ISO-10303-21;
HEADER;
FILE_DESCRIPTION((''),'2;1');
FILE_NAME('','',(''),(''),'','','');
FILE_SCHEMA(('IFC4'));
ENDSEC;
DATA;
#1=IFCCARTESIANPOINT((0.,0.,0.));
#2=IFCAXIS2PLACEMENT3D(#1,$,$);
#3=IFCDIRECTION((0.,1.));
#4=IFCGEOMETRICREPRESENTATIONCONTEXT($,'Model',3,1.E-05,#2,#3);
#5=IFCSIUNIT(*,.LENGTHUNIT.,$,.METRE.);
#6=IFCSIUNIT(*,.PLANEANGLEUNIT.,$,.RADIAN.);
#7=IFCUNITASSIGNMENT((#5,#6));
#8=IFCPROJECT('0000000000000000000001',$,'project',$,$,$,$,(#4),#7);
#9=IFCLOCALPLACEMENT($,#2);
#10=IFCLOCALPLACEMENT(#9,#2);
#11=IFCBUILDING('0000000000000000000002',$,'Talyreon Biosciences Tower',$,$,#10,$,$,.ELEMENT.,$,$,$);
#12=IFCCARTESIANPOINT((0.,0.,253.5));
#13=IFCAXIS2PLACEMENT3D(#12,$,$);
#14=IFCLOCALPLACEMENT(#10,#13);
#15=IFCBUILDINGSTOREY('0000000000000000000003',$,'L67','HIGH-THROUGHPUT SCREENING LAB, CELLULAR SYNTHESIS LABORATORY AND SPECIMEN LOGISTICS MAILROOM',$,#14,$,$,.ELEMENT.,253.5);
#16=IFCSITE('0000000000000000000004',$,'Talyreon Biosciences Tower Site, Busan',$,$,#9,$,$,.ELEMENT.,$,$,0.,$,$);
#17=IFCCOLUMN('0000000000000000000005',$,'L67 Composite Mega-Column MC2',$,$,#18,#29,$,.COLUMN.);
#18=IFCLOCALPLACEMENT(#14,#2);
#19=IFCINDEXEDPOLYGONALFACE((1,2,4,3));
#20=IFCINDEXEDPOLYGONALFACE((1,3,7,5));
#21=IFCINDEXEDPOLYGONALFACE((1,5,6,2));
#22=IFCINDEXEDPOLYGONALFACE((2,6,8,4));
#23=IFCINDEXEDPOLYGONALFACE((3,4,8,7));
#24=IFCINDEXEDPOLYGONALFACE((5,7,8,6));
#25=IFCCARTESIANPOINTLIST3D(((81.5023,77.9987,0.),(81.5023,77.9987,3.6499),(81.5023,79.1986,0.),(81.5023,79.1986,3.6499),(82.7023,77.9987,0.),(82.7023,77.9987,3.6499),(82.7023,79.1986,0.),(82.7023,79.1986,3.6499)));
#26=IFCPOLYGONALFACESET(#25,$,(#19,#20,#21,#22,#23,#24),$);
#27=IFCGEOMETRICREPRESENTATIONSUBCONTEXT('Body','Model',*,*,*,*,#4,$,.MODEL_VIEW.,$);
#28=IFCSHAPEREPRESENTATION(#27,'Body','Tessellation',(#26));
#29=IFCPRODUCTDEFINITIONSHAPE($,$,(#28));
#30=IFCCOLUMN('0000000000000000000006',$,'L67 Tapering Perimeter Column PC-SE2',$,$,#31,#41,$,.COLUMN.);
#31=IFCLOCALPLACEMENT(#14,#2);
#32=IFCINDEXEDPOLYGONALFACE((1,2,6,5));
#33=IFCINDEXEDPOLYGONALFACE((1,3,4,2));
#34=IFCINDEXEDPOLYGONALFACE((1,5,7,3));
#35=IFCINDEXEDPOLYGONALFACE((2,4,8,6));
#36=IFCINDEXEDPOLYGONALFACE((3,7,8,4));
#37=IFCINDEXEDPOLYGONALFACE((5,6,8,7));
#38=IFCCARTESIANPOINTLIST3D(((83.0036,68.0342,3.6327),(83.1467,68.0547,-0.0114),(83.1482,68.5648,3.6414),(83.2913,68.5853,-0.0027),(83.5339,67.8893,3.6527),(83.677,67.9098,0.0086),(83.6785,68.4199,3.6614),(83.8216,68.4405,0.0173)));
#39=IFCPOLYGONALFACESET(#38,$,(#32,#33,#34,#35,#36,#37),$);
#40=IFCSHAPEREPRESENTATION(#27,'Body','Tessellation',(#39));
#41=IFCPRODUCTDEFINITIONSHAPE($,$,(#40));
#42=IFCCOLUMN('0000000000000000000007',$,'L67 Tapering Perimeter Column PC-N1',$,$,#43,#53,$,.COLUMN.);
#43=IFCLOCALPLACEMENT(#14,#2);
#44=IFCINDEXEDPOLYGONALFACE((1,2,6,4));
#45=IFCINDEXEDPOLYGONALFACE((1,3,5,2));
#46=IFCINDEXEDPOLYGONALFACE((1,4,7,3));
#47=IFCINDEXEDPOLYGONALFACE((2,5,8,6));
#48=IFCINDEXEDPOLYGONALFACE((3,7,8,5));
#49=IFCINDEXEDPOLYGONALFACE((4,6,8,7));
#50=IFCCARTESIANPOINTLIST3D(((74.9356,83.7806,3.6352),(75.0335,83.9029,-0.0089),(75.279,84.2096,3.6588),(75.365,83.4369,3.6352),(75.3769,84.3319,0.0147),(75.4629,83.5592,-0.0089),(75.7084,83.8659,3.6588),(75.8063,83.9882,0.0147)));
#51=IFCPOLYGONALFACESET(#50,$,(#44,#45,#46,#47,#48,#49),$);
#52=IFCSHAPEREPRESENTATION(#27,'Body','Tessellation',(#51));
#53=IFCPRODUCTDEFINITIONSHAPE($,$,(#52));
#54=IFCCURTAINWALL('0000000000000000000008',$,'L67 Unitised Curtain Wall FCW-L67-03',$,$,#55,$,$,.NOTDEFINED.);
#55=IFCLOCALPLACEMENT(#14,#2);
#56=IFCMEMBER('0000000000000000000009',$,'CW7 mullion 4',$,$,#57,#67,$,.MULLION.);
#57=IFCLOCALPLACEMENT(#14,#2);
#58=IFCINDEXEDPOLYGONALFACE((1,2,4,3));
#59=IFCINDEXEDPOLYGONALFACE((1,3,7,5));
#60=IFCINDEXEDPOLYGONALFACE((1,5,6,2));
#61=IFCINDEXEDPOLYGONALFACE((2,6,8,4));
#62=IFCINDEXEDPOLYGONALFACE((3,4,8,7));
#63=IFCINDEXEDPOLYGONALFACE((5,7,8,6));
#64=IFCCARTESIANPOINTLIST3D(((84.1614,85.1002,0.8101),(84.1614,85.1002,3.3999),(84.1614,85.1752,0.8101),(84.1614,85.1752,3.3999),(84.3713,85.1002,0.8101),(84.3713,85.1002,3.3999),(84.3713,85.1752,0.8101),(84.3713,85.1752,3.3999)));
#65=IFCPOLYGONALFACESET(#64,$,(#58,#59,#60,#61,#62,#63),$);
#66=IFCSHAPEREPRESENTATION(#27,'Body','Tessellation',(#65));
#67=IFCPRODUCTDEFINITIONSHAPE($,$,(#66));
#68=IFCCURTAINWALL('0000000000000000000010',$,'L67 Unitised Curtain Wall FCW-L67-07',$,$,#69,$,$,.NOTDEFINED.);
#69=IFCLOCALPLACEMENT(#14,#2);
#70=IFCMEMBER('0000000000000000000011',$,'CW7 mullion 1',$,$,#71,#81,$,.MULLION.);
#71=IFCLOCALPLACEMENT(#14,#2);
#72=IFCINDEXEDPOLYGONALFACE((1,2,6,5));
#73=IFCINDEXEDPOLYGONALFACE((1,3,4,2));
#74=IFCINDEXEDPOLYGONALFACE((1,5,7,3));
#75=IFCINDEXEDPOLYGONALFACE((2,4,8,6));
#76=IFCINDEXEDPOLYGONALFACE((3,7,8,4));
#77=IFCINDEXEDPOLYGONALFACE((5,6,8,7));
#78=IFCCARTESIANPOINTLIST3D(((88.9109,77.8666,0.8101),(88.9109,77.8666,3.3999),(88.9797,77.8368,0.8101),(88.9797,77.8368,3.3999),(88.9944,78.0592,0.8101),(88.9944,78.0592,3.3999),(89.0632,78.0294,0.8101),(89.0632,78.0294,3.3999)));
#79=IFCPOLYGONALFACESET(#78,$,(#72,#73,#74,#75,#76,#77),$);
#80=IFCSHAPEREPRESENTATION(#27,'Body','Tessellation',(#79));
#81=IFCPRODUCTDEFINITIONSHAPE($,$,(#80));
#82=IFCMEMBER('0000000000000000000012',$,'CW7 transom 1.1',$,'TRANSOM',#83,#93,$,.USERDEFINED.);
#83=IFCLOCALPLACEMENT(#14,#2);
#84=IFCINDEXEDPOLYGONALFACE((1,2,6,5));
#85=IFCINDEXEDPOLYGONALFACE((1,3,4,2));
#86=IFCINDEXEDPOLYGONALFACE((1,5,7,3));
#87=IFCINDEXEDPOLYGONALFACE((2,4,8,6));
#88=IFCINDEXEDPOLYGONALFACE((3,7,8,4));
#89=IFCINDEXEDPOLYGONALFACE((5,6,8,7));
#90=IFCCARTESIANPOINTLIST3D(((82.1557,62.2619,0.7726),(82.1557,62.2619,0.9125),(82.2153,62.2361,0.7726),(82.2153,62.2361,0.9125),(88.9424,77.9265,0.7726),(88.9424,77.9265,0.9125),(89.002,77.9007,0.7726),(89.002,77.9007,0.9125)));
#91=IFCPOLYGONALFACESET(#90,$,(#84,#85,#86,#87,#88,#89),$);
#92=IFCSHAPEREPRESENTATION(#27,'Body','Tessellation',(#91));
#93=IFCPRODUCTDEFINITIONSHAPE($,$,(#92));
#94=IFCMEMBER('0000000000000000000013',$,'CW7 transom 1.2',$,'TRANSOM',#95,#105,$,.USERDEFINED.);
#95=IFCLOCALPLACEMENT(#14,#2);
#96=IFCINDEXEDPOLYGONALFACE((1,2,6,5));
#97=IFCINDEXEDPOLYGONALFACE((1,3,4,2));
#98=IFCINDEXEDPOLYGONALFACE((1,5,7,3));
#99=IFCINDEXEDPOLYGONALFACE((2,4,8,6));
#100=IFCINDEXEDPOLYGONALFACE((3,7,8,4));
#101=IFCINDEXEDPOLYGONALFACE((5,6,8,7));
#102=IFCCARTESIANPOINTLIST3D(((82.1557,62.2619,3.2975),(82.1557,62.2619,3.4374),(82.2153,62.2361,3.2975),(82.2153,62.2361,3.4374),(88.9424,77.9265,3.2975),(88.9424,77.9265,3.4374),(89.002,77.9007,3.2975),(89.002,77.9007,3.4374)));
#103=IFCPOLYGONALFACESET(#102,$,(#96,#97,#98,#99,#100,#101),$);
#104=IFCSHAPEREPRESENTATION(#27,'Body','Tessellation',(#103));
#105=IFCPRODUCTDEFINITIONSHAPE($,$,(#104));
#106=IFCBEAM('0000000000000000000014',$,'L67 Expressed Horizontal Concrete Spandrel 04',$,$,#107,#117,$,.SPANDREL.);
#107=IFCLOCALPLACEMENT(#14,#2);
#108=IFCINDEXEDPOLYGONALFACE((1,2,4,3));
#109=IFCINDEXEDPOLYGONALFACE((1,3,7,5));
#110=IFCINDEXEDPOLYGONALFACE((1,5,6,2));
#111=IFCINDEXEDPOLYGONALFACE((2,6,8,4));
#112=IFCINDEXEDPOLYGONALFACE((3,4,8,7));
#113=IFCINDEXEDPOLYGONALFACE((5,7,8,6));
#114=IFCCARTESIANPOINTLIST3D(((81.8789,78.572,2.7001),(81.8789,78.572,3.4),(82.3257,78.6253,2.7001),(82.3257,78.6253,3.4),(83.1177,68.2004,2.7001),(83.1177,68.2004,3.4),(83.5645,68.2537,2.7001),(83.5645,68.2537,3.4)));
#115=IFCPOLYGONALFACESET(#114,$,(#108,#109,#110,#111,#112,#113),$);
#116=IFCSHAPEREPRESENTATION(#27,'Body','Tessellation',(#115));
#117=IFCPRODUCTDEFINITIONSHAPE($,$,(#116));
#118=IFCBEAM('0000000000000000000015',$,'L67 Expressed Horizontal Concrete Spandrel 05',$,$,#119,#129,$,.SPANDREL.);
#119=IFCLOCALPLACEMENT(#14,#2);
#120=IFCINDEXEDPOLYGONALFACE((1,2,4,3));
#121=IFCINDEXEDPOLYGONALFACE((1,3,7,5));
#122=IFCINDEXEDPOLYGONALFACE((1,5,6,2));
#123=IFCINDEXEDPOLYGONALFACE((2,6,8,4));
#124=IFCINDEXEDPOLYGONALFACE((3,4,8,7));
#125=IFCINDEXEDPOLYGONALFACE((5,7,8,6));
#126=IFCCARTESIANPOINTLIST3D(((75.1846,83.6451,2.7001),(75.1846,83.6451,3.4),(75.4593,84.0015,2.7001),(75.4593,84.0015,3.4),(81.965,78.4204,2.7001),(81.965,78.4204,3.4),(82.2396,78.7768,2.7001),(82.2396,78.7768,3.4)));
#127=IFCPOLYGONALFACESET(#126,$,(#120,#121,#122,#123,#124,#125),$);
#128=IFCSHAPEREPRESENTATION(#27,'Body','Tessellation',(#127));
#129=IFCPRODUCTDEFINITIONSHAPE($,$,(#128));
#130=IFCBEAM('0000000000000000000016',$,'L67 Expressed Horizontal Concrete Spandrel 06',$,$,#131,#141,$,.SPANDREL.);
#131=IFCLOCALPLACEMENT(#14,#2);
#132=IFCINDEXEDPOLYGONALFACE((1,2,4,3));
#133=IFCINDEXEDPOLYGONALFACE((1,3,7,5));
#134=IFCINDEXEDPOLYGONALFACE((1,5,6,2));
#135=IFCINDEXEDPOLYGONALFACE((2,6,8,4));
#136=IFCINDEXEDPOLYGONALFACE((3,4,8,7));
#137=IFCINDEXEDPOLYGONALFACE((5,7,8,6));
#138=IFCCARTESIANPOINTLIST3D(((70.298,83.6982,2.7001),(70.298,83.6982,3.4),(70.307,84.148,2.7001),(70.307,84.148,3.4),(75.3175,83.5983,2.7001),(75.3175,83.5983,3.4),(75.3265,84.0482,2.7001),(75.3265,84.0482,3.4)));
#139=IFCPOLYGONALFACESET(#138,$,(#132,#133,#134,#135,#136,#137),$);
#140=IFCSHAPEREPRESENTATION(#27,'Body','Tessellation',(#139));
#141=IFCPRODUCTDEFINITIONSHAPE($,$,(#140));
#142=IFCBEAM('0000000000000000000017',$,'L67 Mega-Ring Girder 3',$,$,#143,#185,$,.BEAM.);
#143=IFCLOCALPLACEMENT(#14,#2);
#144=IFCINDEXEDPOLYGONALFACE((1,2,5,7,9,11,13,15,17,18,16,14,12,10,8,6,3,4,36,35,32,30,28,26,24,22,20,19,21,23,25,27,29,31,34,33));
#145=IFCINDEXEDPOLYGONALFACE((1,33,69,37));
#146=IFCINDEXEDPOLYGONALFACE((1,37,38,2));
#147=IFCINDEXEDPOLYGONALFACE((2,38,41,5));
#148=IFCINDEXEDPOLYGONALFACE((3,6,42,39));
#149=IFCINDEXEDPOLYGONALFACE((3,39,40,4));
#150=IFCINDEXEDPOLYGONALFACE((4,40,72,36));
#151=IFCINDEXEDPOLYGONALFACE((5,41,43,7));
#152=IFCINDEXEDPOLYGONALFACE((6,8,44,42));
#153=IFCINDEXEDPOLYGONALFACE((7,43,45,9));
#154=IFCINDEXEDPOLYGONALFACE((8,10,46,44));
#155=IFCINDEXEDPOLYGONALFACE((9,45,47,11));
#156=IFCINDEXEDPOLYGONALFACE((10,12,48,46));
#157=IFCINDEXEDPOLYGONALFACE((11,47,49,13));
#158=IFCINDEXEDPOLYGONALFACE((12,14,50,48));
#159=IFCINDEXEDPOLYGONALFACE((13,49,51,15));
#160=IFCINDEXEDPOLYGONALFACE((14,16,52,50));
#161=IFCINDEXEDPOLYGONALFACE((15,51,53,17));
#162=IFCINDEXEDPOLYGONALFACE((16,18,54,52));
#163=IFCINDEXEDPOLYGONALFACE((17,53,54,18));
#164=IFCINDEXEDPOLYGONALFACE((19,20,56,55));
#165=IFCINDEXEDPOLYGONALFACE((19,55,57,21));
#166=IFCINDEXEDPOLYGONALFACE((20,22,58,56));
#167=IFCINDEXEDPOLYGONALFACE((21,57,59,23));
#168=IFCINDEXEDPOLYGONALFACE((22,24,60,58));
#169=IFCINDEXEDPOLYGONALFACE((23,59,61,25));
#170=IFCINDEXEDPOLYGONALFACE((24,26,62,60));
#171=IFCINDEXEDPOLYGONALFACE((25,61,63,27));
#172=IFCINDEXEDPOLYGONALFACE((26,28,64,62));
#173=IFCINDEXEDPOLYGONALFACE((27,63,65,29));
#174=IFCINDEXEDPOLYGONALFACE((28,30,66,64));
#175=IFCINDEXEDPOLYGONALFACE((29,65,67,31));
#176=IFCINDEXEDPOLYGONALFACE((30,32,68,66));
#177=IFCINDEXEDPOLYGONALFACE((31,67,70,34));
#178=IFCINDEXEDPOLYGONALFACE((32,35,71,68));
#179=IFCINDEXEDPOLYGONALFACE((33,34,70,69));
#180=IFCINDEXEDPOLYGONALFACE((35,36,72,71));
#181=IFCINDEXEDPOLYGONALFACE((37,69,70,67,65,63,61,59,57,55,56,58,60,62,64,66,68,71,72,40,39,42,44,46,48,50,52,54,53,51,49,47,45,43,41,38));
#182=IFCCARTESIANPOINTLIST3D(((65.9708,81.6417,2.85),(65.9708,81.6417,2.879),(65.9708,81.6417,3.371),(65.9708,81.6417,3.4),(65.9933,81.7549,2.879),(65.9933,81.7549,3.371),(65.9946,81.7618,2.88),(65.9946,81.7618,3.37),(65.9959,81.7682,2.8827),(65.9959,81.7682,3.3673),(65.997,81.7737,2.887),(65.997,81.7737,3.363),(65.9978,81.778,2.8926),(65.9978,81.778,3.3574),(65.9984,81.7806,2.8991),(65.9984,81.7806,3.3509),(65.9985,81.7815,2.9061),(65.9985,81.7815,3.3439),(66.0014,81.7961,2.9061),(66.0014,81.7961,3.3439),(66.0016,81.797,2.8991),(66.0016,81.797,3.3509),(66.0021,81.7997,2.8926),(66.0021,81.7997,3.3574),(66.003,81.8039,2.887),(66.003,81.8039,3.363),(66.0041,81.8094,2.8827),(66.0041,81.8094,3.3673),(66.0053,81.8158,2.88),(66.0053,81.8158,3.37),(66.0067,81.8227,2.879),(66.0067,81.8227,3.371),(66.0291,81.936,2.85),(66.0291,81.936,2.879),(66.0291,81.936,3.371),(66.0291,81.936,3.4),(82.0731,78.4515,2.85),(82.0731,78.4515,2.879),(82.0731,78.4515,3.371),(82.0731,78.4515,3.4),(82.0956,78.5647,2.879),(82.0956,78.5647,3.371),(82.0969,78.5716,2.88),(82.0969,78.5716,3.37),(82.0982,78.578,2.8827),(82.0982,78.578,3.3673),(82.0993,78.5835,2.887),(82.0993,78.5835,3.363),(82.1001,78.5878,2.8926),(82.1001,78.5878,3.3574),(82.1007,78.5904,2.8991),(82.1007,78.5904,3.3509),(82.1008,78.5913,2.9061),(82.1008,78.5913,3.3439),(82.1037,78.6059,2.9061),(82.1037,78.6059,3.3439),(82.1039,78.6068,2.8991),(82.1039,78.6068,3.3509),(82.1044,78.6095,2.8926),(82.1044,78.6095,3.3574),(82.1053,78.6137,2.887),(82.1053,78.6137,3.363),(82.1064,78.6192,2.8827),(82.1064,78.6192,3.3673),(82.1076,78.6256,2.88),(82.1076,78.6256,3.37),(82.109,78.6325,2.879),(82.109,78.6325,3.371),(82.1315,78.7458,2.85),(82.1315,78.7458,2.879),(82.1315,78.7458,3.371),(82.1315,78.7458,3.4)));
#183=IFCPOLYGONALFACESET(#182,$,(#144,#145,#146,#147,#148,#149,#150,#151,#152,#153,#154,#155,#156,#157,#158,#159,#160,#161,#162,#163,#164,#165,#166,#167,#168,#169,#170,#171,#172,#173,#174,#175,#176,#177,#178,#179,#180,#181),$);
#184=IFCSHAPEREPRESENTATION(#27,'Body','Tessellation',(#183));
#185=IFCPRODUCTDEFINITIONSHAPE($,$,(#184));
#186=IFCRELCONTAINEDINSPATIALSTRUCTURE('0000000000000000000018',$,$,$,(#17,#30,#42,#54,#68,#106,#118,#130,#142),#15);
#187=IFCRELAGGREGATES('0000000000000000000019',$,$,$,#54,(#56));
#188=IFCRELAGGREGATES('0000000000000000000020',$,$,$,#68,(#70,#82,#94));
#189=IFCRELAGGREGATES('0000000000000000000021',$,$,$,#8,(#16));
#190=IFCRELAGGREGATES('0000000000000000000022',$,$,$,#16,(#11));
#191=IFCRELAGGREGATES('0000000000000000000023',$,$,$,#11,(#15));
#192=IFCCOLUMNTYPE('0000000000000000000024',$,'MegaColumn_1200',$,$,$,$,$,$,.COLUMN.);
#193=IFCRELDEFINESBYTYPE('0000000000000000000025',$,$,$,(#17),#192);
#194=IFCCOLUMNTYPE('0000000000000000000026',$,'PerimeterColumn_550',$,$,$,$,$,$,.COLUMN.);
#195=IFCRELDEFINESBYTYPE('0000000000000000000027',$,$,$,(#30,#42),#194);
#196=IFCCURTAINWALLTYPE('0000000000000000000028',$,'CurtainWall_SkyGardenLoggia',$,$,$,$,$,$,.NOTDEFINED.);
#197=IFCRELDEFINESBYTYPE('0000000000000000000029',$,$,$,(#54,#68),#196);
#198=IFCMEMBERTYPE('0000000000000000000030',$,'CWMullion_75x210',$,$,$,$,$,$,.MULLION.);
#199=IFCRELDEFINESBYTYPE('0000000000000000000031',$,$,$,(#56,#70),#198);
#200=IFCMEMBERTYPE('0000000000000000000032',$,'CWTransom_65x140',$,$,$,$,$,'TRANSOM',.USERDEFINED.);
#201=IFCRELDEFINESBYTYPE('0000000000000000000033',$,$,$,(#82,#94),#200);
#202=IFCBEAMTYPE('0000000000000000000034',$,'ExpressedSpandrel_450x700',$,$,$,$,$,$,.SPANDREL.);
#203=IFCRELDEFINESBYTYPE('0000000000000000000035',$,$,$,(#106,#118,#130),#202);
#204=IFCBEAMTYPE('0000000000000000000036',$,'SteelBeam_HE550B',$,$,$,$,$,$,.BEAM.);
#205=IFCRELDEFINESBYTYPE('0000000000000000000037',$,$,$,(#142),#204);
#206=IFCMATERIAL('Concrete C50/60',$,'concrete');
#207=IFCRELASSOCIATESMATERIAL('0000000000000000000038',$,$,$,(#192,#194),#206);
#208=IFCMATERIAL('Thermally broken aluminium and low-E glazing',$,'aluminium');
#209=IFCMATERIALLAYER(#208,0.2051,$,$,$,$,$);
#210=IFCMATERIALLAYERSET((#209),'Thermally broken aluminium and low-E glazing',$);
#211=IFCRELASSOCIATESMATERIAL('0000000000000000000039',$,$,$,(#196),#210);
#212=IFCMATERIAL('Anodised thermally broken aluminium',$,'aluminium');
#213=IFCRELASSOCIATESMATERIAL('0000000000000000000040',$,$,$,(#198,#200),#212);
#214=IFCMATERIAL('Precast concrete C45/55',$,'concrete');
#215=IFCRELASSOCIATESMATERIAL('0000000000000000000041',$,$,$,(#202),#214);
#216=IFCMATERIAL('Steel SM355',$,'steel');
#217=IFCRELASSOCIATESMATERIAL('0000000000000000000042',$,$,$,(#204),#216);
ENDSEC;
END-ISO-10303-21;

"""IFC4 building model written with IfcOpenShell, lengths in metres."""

from ifc_helpers import new_model, si_unit, direction, frame, origin, origin_2d, place, context, subcontext, project, spatial, rectangle, i_section, extrude, material, layer, layer_set, material_profile, profile_set, type_object, element, aggregate, save


model = new_model("IFC4")

# Units and contexts
model_context = context("Model", 3, precision=1e-05, world=origin(), true_north=direction((0.0, 1.0)))
body_context = subcontext(model_context, "Body", "Model", "MODEL_VIEW")
ifc_project = project(units=[si_unit("LENGTHUNIT", "METRE"), si_unit("PLANEANGLEUNIT", "RADIAN")], contexts=[model_context])

# Site, building, storey
site_placement = place(None, origin())
site = spatial("IfcSite", under=ifc_project, at=site_placement, Name="Talyreon Biosciences Tower Site, Busan", CompositionType="ELEMENT", RefElevation=0.0)
building_placement = place(site_placement, origin())
building = spatial("IfcBuilding", under=site, at=building_placement, Name="Talyreon Biosciences Tower", CompositionType="ELEMENT")
storey_placement = place(building_placement, frame((0.0, 0.0, 253.5)))
storey = spatial("IfcBuildingStorey", under=building, at=storey_placement, Name="L67", Description="HIGH-THROUGHPUT SCREENING LAB, CELLULAR SYNTHESIS LABORATORY AND SPECIMEN LOGISTICS MAILROOM", CompositionType="ELEMENT", Elevation=253.5)

# Columns
ifc_material_1 = material(Name="Concrete C50/60", Category="concrete")
ifc_material_profile_1 = material_profile(ifc_material_1, rectangle(XDim=1.2, YDim=1.2, at=origin_2d()), Name="RC 1200x1200")
ifc_profile_set_1 = profile_set([ifc_material_profile_1], Name="Concrete C50/60")
column_type_1 = type_object("IfcColumnType", Name="MegaColumn_1200", PredefinedType="COLUMN", material=ifc_profile_set_1)
column_1_placement = place(storey_placement, frame((82.1023, 78.5986, 0.0), z_axis=(0.0, 0.0, 1.0), x_axis=(1.0, 0.0, 0.0)))
element("IfcColumn", 1, at=column_1_placement, inside=storey, type_object=column_type_1, Name="L67 Composite Mega-Column MC2", PredefinedType="COLUMN", context=body_context, shape_type="SweptSolid", body=[
    extrude(rectangle(XDim=1.2, YDim=1.2, at=origin_2d()), origin(), (0.0, 0.0, 1.0), 3.6499),
])
ifc_material_profile_2 = material_profile(ifc_material_1, rectangle(XDim=0.55, YDim=0.55, at=origin_2d()), Name="RC 550x550")
ifc_profile_set_2 = profile_set([ifc_material_profile_2], Name="Concrete C50/60")
column_type_2 = type_object("IfcColumnType", Name="PerimeterColumn_550", PredefinedType="COLUMN", material=ifc_profile_set_2)
column_2_placement = place(storey_placement, frame((83.4841, 68.2476, 0.0029), z_axis=(-0.03923, -0.005623, 0.999214), x_axis=(0.964025, -0.263311, 0.036366)))
element("IfcColumn", 2, at=column_2_placement, inside=storey, type_object=column_type_2, Name="L67 Tapering Perimeter Column PC-SE2", PredefinedType="COLUMN", context=body_context, shape_type="SweptSolid", body=[
    extrude(rectangle(XDim=0.55, YDim=0.55, at=origin_2d()), origin(), (0.0, 0.0, 1.0), 3.647),
])
column_3_placement = place(storey_placement, frame((75.4199, 83.9456, 0.0029), z_axis=(-0.026841, -0.033535, 0.999077), x_axis=(-0.780717, 0.624885, 0.0)))
element("IfcColumn", 3, at=column_3_placement, inside=storey, type_object=column_type_2, Name="L67 Tapering Perimeter Column PC-N1", PredefinedType="COLUMN", context=body_context, shape_type="SweptSolid", body=[
    extrude(rectangle(XDim=0.55, YDim=0.55, at=origin_2d()), origin(), (0.0, 0.0, 1.0), 3.6475),
])

# Curtain wall, member
ifc_material_2 = material(Name="Thermally broken aluminium and low-E glazing", Category="aluminium")
ifc_layer_1 = layer(ifc_material_2, 0.2051)
ifc_layer_set_1 = layer_set([ifc_layer_1], Name="Thermally broken aluminium and low-E glazing")
curtain_wall_type = type_object("IfcCurtainWallType", Name="CurtainWall_SkyGardenLoggia", PredefinedType="NOTDEFINED", material=ifc_layer_set_1)
curtain_wall_1_placement = place(storey_placement, origin())
curtain_wall_1 = element("IfcCurtainWall", 4, at=curtain_wall_1_placement, inside=storey, type_object=curtain_wall_type, Name="L67 Unitised Curtain Wall FCW-L67-03", PredefinedType="NOTDEFINED")
ifc_material_3 = material(Name="Anodised thermally broken aluminium", Category="aluminium")
ifc_material_profile_3 = material_profile(ifc_material_3, rectangle(XDim=0.075, YDim=0.21, at=origin_2d()), Name="ALUM MULLION 75x210")
ifc_profile_set_3 = profile_set([ifc_material_profile_3], Name="Anodised thermally broken aluminium")
member_type_1 = type_object("IfcMemberType", Name="CWMullion_75x210", PredefinedType="MULLION", material=ifc_profile_set_3)
member_1_placement = place(storey_placement, frame((84.2664, 85.1377, 0.8101), z_axis=(0.0, 0.0, 1.0), x_axis=(0.0, 1.0, 0.0)))
member_1 = element("IfcMember", 5, at=member_1_placement, type_object=member_type_1, Name="CW7 mullion 4", PredefinedType="MULLION", context=body_context, shape_type="SweptSolid", body=[
    extrude(rectangle(XDim=0.075, YDim=0.21, at=origin_2d()), origin(), (0.0, 0.0, 1.0), 2.5898),
])

# Curtain wall, members
curtain_wall_2_placement = place(storey_placement, origin())
curtain_wall_2 = element("IfcCurtainWall", 6, at=curtain_wall_2_placement, inside=storey, type_object=curtain_wall_type, Name="L67 Unitised Curtain Wall FCW-L67-07", PredefinedType="NOTDEFINED")
member_2_placement = place(storey_placement, frame((88.9871, 77.948, 0.8101), z_axis=(0.0, 0.0, 1.0), x_axis=(0.917587, -0.397536, 0.0)))
member_2 = element("IfcMember", 7, at=member_2_placement, type_object=member_type_1, Name="CW7 mullion 1", PredefinedType="MULLION", context=body_context, shape_type="SweptSolid", body=[
    extrude(rectangle(XDim=0.075, YDim=0.21, at=origin_2d()), origin(), (0.0, 0.0, 1.0), 2.5898),
])
ifc_material_profile_4 = material_profile(ifc_material_3, rectangle(XDim=0.0649, YDim=0.1399, at=origin_2d()), Name="ALUM TRANSOM 65x140")
ifc_profile_set_4 = profile_set([ifc_material_profile_4], Name="Anodised thermally broken aluminium")
member_type_2 = type_object("IfcMemberType", Name="CWTransom_65x140", ElementType="TRANSOM", PredefinedType="USERDEFINED", material=ifc_profile_set_4)
member_3_placement = place(storey_placement, frame((88.9722, 77.9136, 0.8425), z_axis=(-0.397541, -0.917584, 0.0), x_axis=(0.917584, -0.397541, 0.0)))
member_3 = element("IfcMember", 8, at=member_3_placement, type_object=member_type_2, Name="CW7 transom 1.1", ObjectType="TRANSOM", PredefinedType="USERDEFINED", context=body_context, shape_type="SweptSolid", body=[
    extrude(rectangle(XDim=0.0649, YDim=0.1399, at=origin_2d()), origin(), (0.0, 0.0, 1.0), 17.0715),
])
member_4_placement = place(storey_placement, frame((88.9722, 77.9136, 3.3674), z_axis=(-0.397541, -0.917584, 0.0), x_axis=(0.917584, -0.397541, 0.0)))
member_4 = element("IfcMember", 9, at=member_4_placement, type_object=member_type_2, Name="CW7 transom 1.2", ObjectType="TRANSOM", PredefinedType="USERDEFINED", context=body_context, shape_type="SweptSolid", body=[
    extrude(rectangle(XDim=0.0649, YDim=0.1399, at=origin_2d()), origin(), (0.0, 0.0, 1.0), 17.0715),
])

# Beams
ifc_material_4 = material(Name="Precast concrete C45/55", Category="concrete")
ifc_material_profile_5 = material_profile(ifc_material_4, rectangle(XDim=0.45, YDim=0.7, at=origin_2d()), Name="RCB 450x700")
ifc_profile_set_5 = profile_set([ifc_material_profile_5], Name="Precast concrete C45/55")
beam_type_1 = type_object("IfcBeamType", Name="ExpressedSpandrel_450x700", PredefinedType="SPANDREL", material=ifc_profile_set_5)
beam_1_placement = place(storey_placement, frame((83.3411, 68.2271, 3.05), z_axis=(-0.118596, 0.992943, 0.0), x_axis=(-0.992943, -0.118596, 0.0)))
element("IfcBeam", 10, at=beam_1_placement, inside=storey, type_object=beam_type_1, Name="L67 Expressed Horizontal Concrete Spandrel 04", PredefinedType="SPANDREL", context=body_context, shape_type="SweptSolid", body=[
    extrude(rectangle(XDim=0.45, YDim=0.7, at=origin_2d()), origin(), (0.0, 0.0, 1.0), 10.4453),
])
beam_2_placement = place(storey_placement, frame((82.1023, 78.5986, 3.05), z_axis=(-0.792115, 0.610372, 0.0), x_axis=(-0.610372, -0.792115, 0.0)))
element("IfcBeam", 11, at=beam_2_placement, inside=storey, type_object=beam_type_1, Name="L67 Expressed Horizontal Concrete Spandrel 05", PredefinedType="SPANDREL", context=body_context, shape_type="SweptSolid", body=[
    extrude(rectangle(XDim=0.45, YDim=0.7, at=origin_2d()), origin(), (0.0, 0.0, 1.0), 8.5598),
])
beam_3_placement = place(storey_placement, frame((75.322, 83.8232, 3.05), z_axis=(-0.999802, 0.019889, 0.0), x_axis=(-0.019889, -0.999802, 0.0)))
element("IfcBeam", 12, at=beam_3_placement, inside=storey, type_object=beam_type_1, Name="L67 Expressed Horizontal Concrete Spandrel 06", PredefinedType="SPANDREL", context=body_context, shape_type="SweptSolid", body=[
    extrude(rectangle(XDim=0.45, YDim=0.7, at=origin_2d()), origin(), (0.0, 0.0, 1.0), 5.0205),
])
ifc_material_5 = material(Name="Steel SM355", Category="steel")
ifc_material_profile_6 = material_profile(ifc_material_5, i_section(OverallWidth=0.3, OverallDepth=0.55, WebThickness=0.0149, FlangeThickness=0.0291, FilletRadius=0.0271, at=origin_2d()), Name="HE550B")
ifc_profile_set_6 = profile_set([ifc_material_profile_6], Name="Steel SM355")
beam_type_2 = type_object("IfcBeamType", Name="SteelBeam_HE550B", PredefinedType="BEAM", material=ifc_profile_set_6)
beam_4_placement = place(storey_placement, frame((82.1023, 78.5986, 3.125), z_axis=(-0.980934, 0.194343, 0.0), x_axis=(-0.194343, -0.980934, 0.0)))
element("IfcBeam", 13, at=beam_4_placement, inside=storey, type_object=beam_type_2, Name="L67 Mega-Ring Girder 3", PredefinedType="BEAM", context=body_context, shape_type="SweptSolid", body=[
    extrude(i_section(OverallWidth=0.3, OverallDepth=0.55, WebThickness=0.0149, FlangeThickness=0.0291, FilletRadius=0.0271, at=origin_2d()), origin(), (0.0, 0.0, 1.0), 16.4153),
])

aggregate(curtain_wall_1, [member_1])
aggregate(curtain_wall_2, [member_2, member_3, member_4])

save(model, "model.ifc")
